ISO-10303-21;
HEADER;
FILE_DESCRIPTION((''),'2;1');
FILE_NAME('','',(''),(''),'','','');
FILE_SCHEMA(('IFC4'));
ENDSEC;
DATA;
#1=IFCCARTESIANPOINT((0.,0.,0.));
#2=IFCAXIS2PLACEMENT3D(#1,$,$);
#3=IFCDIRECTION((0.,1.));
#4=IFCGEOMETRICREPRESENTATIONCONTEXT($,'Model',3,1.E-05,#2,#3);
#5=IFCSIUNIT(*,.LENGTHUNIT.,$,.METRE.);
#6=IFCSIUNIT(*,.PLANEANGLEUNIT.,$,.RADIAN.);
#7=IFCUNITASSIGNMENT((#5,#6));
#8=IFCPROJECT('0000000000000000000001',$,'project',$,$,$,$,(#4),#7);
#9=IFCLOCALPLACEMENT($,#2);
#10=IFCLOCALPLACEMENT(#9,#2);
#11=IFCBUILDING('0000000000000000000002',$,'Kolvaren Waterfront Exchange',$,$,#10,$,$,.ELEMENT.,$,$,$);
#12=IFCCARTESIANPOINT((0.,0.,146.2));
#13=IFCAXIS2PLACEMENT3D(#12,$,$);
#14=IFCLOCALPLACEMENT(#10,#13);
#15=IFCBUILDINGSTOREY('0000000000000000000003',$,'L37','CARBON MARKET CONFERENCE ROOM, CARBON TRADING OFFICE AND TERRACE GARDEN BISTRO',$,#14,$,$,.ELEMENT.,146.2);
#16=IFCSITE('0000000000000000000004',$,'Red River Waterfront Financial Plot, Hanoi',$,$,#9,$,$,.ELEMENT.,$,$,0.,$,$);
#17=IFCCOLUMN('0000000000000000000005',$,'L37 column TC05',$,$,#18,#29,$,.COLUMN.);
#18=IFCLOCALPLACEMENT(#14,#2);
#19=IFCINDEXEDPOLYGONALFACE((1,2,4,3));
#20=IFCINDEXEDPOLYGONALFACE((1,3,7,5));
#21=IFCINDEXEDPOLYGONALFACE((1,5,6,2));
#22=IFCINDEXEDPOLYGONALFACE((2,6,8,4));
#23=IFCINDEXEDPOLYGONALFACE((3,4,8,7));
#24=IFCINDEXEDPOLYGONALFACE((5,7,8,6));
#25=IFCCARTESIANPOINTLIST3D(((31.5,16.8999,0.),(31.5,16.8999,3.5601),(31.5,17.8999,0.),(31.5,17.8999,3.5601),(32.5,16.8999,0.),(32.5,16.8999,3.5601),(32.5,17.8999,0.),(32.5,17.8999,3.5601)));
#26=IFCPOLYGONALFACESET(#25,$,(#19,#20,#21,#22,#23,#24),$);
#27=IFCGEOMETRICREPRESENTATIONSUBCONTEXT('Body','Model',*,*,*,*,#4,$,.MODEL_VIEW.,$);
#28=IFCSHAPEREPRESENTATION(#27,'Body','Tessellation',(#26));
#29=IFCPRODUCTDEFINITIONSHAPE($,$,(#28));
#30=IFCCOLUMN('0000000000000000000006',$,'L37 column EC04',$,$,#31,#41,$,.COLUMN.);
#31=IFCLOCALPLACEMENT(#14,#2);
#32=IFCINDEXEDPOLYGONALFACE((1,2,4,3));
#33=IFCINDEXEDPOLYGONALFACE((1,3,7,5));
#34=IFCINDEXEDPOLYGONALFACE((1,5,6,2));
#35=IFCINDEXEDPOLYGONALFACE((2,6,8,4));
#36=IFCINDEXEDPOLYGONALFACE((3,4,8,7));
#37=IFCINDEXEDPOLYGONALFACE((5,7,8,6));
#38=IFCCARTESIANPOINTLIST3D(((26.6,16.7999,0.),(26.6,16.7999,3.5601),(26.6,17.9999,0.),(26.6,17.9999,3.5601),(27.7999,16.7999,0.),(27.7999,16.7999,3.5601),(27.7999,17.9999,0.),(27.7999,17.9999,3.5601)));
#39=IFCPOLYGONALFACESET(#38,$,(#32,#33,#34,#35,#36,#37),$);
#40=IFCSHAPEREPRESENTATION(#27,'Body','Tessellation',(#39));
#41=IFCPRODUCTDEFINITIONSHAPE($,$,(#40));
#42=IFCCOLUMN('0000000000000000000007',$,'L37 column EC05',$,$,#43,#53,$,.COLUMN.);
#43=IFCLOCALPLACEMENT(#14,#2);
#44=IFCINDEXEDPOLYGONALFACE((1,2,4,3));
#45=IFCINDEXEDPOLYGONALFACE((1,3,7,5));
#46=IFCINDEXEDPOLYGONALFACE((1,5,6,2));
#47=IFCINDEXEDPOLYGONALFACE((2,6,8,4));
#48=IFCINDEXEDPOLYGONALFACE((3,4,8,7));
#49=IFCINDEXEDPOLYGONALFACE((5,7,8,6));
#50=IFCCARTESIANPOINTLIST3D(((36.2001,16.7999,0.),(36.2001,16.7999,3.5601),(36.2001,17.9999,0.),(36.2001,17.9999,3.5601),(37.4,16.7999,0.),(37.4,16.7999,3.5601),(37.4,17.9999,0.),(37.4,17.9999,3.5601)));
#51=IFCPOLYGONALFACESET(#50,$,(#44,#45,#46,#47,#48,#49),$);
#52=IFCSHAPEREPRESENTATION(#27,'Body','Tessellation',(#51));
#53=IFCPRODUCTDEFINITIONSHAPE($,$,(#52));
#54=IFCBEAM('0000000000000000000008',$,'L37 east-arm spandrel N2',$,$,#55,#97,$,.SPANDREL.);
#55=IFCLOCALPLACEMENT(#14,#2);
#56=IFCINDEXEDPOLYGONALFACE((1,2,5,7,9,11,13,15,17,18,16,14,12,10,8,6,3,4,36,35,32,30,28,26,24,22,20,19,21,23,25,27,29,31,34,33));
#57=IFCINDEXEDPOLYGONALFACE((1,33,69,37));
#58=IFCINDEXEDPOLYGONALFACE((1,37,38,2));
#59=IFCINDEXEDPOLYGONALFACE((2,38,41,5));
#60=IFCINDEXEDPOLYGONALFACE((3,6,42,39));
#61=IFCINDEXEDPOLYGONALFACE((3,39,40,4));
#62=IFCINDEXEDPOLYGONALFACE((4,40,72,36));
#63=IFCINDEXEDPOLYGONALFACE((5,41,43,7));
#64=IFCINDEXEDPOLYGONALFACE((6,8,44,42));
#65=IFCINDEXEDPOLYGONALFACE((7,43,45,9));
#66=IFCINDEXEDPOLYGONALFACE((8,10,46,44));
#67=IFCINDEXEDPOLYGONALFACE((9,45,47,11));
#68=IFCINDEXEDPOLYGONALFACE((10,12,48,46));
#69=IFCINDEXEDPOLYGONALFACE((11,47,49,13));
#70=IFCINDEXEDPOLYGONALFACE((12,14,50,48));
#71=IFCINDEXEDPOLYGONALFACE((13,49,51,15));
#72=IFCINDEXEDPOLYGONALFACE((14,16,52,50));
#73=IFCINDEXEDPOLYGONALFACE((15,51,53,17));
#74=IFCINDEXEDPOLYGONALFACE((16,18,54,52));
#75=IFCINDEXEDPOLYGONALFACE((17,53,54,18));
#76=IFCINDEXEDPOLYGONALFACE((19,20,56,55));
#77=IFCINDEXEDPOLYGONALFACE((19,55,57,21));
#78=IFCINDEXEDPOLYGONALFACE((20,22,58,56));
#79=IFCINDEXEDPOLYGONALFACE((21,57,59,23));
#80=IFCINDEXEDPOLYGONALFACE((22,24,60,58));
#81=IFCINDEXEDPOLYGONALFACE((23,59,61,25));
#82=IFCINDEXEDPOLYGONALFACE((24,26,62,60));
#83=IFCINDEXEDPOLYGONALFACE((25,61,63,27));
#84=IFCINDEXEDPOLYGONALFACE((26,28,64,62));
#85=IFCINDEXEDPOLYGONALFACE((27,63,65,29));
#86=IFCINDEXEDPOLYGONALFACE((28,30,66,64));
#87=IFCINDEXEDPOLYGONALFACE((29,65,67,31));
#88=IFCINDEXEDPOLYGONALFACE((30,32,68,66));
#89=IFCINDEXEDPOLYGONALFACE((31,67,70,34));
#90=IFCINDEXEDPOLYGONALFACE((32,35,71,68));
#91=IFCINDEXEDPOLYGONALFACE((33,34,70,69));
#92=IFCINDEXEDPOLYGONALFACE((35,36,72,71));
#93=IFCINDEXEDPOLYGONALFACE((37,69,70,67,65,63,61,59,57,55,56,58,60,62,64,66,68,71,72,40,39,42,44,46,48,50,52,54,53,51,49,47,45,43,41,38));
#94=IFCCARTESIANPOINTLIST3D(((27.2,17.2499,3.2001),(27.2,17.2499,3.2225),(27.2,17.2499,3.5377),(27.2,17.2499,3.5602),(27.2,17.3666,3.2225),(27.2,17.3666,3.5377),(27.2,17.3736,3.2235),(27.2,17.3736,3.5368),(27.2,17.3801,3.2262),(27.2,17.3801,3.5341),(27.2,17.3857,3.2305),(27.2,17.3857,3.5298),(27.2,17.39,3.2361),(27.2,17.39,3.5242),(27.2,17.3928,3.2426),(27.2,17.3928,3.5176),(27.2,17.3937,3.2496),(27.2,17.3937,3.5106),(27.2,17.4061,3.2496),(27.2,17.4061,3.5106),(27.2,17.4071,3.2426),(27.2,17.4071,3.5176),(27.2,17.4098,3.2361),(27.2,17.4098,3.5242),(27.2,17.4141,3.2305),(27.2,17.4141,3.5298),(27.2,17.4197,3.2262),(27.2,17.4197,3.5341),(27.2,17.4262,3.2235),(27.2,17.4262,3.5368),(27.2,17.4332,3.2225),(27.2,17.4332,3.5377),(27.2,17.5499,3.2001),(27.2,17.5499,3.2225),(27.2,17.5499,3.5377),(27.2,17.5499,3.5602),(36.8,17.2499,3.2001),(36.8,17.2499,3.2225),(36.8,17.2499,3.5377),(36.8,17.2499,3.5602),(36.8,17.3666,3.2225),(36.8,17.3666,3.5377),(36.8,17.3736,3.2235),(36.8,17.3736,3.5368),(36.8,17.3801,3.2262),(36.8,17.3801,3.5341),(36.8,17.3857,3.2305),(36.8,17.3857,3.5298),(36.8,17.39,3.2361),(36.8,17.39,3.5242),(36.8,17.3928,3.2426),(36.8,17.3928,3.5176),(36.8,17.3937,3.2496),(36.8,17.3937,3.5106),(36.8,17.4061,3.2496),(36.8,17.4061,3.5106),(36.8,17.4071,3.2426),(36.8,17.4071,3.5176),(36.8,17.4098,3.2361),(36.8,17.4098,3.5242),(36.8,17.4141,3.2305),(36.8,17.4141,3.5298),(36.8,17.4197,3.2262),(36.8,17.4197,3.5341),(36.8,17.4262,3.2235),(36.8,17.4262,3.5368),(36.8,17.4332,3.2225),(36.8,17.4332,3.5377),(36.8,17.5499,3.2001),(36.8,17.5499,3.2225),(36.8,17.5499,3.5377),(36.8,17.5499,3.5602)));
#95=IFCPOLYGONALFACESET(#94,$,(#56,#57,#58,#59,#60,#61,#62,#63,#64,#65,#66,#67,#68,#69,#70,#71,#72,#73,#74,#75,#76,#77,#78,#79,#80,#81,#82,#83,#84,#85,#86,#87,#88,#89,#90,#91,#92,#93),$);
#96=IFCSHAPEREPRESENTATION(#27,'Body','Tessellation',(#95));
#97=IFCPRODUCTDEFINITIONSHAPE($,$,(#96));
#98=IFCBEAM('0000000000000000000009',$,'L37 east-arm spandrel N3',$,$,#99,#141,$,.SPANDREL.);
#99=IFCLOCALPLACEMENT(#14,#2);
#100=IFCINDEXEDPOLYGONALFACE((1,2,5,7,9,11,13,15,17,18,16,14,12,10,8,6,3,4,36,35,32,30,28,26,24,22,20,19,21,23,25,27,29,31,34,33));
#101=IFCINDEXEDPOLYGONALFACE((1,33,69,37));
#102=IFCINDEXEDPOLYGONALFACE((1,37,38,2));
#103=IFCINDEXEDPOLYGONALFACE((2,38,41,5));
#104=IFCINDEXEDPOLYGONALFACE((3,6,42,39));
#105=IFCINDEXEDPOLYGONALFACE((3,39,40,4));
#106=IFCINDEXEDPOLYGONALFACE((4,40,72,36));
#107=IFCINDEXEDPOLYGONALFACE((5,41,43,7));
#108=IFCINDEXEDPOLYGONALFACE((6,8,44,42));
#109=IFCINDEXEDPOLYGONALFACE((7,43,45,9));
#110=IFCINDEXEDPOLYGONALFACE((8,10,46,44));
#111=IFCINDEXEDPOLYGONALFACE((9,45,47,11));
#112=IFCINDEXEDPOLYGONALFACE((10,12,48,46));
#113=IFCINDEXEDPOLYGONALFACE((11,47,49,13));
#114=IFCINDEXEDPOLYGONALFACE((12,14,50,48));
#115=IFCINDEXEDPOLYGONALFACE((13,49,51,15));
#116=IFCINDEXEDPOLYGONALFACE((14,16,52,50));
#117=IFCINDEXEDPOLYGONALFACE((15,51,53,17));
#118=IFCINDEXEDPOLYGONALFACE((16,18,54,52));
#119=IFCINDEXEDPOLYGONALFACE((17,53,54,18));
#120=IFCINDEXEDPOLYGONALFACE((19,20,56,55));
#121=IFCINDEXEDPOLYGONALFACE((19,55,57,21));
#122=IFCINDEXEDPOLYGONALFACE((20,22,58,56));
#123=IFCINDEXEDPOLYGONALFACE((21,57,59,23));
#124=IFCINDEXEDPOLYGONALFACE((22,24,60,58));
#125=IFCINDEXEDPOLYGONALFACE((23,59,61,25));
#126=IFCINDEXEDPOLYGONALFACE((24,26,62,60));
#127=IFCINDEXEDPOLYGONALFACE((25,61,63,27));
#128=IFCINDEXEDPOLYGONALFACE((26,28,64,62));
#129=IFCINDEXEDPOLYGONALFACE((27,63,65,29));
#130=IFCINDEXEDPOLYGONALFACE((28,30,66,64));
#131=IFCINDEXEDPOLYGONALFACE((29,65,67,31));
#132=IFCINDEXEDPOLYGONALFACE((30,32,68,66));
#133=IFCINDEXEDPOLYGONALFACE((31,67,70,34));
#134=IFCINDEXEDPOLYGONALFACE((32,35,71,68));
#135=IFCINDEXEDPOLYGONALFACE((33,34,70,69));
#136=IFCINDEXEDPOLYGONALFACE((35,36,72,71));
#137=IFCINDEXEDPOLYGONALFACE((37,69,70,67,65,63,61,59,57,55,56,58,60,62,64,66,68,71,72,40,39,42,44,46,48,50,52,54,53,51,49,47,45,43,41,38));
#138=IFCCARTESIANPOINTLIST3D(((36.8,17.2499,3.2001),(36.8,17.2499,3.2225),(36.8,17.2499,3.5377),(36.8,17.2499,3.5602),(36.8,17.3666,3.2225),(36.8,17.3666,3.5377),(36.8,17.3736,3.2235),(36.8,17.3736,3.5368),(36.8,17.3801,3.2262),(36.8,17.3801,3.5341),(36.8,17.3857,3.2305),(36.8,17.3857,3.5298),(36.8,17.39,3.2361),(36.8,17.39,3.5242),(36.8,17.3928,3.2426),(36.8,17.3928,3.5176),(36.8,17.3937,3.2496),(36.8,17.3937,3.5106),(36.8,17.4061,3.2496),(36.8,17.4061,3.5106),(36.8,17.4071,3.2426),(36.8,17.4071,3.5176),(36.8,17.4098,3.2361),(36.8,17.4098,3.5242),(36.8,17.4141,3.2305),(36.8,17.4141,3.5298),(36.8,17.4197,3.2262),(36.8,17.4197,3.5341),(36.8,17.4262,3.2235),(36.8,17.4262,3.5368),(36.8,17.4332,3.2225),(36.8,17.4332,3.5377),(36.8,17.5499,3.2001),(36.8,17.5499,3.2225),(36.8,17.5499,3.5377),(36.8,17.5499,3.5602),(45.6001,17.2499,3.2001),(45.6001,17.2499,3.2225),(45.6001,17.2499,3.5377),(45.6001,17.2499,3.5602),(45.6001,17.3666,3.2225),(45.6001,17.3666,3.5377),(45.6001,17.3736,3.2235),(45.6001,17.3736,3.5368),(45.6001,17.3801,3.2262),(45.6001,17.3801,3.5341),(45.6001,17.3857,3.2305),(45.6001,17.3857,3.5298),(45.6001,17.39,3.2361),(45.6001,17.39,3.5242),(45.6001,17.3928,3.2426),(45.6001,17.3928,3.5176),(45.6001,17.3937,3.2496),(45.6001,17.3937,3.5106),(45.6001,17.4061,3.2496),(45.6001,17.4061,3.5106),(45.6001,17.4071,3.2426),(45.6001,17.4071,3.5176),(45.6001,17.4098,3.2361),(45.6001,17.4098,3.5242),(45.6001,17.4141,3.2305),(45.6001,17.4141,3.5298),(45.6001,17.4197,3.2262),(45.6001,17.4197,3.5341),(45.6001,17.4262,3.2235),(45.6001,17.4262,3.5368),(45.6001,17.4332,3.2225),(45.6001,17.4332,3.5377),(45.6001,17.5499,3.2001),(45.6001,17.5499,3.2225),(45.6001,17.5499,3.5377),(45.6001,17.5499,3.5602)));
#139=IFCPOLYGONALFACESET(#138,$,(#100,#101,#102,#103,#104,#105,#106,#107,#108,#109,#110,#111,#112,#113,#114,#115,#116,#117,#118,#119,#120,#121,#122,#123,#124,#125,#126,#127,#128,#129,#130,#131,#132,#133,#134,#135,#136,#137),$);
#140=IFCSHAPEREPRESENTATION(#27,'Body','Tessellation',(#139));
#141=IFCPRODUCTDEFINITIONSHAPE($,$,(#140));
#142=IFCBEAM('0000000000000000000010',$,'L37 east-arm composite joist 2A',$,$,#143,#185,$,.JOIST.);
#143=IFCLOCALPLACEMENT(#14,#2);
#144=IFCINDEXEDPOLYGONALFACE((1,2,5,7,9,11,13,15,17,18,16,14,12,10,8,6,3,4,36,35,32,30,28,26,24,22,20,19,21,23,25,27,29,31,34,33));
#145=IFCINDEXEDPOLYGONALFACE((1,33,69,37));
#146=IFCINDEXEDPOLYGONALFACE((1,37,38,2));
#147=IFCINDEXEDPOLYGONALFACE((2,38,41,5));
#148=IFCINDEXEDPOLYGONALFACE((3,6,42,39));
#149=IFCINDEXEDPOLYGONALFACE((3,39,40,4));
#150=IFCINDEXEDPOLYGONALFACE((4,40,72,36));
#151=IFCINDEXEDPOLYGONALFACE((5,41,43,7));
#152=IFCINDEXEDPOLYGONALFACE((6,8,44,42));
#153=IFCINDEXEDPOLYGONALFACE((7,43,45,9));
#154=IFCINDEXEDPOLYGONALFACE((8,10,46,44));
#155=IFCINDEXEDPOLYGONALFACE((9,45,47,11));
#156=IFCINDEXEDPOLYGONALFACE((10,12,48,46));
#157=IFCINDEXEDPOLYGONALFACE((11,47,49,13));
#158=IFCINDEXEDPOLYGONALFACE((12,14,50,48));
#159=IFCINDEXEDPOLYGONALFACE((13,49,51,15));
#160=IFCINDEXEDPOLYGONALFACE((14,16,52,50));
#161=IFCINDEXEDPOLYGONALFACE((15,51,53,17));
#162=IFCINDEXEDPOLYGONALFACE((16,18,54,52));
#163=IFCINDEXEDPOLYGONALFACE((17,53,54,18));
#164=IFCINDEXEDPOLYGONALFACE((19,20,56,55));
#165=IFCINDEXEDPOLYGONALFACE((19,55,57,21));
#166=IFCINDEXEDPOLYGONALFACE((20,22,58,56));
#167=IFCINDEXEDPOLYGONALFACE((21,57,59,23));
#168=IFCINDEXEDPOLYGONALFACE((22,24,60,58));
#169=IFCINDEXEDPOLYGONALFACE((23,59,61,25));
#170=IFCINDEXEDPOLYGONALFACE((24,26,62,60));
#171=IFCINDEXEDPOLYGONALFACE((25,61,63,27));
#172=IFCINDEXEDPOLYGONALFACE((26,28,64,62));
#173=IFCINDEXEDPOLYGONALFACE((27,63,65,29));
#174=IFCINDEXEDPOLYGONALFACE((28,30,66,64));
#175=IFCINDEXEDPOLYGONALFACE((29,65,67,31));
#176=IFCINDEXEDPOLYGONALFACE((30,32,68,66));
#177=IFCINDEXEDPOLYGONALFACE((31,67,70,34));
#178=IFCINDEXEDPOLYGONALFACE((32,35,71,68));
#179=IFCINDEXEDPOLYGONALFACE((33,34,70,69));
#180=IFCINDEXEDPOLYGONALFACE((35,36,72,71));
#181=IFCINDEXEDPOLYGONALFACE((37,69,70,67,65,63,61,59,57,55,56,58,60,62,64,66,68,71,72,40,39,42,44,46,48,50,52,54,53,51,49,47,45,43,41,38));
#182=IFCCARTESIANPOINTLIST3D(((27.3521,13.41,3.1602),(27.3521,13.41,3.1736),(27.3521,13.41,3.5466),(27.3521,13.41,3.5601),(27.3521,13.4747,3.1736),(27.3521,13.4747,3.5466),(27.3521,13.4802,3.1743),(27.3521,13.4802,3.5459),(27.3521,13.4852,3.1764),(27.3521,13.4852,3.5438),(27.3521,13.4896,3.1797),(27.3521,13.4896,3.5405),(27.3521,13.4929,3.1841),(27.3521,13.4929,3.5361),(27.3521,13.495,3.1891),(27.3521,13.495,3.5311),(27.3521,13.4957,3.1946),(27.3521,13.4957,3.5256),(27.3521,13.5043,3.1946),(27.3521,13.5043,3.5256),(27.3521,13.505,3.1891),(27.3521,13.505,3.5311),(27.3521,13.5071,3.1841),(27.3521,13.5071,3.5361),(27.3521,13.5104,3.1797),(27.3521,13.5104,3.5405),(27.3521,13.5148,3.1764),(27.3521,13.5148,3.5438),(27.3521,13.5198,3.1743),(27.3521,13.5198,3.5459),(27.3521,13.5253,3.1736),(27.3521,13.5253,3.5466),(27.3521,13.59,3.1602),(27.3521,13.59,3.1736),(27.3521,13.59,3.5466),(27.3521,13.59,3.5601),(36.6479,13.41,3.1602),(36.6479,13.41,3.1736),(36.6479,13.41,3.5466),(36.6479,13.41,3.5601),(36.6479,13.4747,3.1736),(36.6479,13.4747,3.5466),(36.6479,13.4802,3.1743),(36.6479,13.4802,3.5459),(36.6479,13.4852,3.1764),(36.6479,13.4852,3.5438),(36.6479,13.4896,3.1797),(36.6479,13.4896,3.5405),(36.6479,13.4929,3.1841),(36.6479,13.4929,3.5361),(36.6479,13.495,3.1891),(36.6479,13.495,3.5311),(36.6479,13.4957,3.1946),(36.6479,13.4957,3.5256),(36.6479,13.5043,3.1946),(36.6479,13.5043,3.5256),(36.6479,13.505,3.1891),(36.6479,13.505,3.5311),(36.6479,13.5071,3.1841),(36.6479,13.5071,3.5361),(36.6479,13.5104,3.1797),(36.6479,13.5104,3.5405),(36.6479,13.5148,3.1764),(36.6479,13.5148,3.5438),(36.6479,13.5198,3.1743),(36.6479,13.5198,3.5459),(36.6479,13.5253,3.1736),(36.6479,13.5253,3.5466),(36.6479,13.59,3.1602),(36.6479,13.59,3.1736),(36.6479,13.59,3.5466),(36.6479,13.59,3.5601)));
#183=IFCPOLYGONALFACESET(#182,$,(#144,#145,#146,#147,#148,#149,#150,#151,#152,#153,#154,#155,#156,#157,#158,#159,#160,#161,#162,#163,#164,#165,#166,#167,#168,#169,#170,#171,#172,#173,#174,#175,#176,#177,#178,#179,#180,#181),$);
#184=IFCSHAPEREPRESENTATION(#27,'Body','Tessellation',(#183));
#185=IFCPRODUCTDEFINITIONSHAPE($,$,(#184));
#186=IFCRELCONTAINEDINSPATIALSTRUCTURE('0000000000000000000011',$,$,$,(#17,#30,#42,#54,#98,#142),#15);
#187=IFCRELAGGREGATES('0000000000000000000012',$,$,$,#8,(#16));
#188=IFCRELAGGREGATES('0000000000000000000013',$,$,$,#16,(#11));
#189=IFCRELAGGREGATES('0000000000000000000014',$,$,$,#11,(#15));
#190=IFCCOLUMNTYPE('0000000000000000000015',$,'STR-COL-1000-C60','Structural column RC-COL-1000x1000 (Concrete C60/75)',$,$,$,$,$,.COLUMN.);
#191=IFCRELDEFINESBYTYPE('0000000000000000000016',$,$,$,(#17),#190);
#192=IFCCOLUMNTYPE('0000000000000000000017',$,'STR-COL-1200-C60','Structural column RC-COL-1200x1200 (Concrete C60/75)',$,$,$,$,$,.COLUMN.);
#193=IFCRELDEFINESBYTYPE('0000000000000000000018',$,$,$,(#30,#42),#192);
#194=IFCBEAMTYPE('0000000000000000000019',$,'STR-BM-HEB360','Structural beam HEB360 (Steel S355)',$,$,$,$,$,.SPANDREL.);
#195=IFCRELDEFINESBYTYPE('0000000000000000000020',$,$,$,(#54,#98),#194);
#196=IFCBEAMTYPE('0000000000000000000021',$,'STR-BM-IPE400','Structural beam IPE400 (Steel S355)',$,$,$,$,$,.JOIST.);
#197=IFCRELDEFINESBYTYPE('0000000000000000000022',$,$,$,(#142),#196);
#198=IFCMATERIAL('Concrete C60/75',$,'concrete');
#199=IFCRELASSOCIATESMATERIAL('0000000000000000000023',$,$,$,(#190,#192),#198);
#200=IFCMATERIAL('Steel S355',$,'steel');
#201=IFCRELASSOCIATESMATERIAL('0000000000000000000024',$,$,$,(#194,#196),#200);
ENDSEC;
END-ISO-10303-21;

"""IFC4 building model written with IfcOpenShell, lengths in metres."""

from ifc_helpers import new_model, si_unit, direction, frame, origin, origin_2d, place, context, subcontext, project, spatial, rectangle, i_section, extrude, material, material_profile, profile_set, type_object, element, save


model = new_model("IFC4")

# Units and contexts
model_context = context("Model", 3, precision=1e-05, world=origin(), true_north=direction((0.0, 1.0)))
body_context = subcontext(model_context, "Body", "Model", "MODEL_VIEW")
ifc_project = project(units=[si_unit("LENGTHUNIT", "METRE"), si_unit("PLANEANGLEUNIT", "RADIAN")], contexts=[model_context])

# Site, building, storey
site_placement = place(None, origin())
site = spatial("IfcSite", under=ifc_project, at=site_placement, Name="Red River Waterfront Financial Plot, Hanoi", CompositionType="ELEMENT", RefElevation=0.0)
building_placement = place(site_placement, origin())
building = spatial("IfcBuilding", under=site, at=building_placement, Name="Kolvaren Waterfront Exchange", CompositionType="ELEMENT")
storey_placement = place(building_placement, frame((0.0, 0.0, 146.2)))
storey = spatial("IfcBuildingStorey", under=building, at=storey_placement, Name="L37", Description="CARBON MARKET CONFERENCE ROOM, CARBON TRADING OFFICE AND TERRACE GARDEN BISTRO", CompositionType="ELEMENT", Elevation=146.2)

# Columns
ifc_material_1 = material(Name="Concrete C60/75", Category="concrete")
ifc_material_profile_1 = material_profile(ifc_material_1, rectangle(XDim=1.0, YDim=1.0, at=origin_2d()), Name="RC-COL-1000x1000")
ifc_profile_set_1 = profile_set([ifc_material_profile_1], Name="Concrete C60/75")
column_type_1 = type_object("IfcColumnType", Name="STR-COL-1000-C60", Description="Structural column RC-COL-1000x1000 (Concrete C60/75)", PredefinedType="COLUMN", material=ifc_profile_set_1)
column_placement = place(storey_placement, frame((32.0, 17.3999, 0.0), z_axis=(0.0, 0.0, 1.0), x_axis=(1.0, 0.0, 0.0)))
element("IfcColumn", 1, at=column_placement, inside=storey, type_object=column_type_1, Name="L37 column TC05", PredefinedType="COLUMN", context=body_context, shape_type="SweptSolid", body=[
    extrude(rectangle(XDim=1.0, YDim=1.0, at=origin_2d()), origin(), (0.0, 0.0, 1.0), 3.5601),
])
ifc_material_profile_2 = material_profile(ifc_material_1, rectangle(XDim=1.2, YDim=1.2, at=origin_2d()), Name="RC-COL-1200x1200")
ifc_profile_set_2 = profile_set([ifc_material_profile_2], Name="Concrete C60/75")
column_type_2 = type_object("IfcColumnType", Name="STR-COL-1200-C60", Description="Structural column RC-COL-1200x1200 (Concrete C60/75)", PredefinedType="COLUMN", material=ifc_profile_set_2)
for number, where, z_axis, x_axis, name in (
    (2, (27.2, 17.3999, 0.0), (0.0, 0.0, 1.0), (1.0, 0.0, 0.0), "L37 column EC04"),
    (3, (36.8, 17.3999, 0.0), (0.0, 0.0, 1.0), (1.0, 0.0, 0.0), "L37 column EC05"),
):
    element("IfcColumn", number, at=place(storey_placement, frame(where, z_axis=z_axis, x_axis=x_axis)), inside=storey, type_object=column_type_2, Name=name, PredefinedType="COLUMN", context=body_context, shape_type="SweptSolid", body=[
        extrude(rectangle(XDim=1.2, YDim=1.2, at=origin_2d()), origin(), (0.0, 0.0, 1.0), 3.5601),
    ])

# Beams
ifc_material_2 = material(Name="Steel S355", Category="steel")
ifc_material_profile_3 = material_profile(ifc_material_2, i_section(OverallWidth=0.3, OverallDepth=0.3601, WebThickness=0.0125, FlangeThickness=0.0225, FilletRadius=0.0271, at=origin_2d()), Name="HEB360")
ifc_profile_set_3 = profile_set([ifc_material_profile_3], Name="Steel S355")
beam_type_1 = type_object("IfcBeamType", Name="STR-BM-HEB360", Description="Structural beam HEB360 (Steel S355)", PredefinedType="SPANDREL", material=ifc_profile_set_3)
beam_1_placement = place(storey_placement, frame((27.2, 17.3999, 3.3801), z_axis=(1.0, 0.0, 0.0), x_axis=(0.0, 1.0, 0.0)))
element("IfcBeam", 4, at=beam_1_placement, inside=storey, type_object=beam_type_1, Name="L37 east-arm spandrel N2", PredefinedType="SPANDREL", context=body_context, shape_type="SweptSolid", body=[
    extrude(i_section(OverallWidth=0.3, OverallDepth=0.3601, WebThickness=0.0125, FlangeThickness=0.0225, FilletRadius=0.0271, at=origin_2d()), origin(), (0.0, 0.0, 1.0), 9.6001),
])
beam_2_placement = place(storey_placement, frame((36.8, 17.3999, 3.3801), z_axis=(1.0, 0.0, 0.0), x_axis=(0.0, 1.0, 0.0)))
element("IfcBeam", 5, at=beam_2_placement, inside=storey, type_object=beam_type_1, Name="L37 east-arm spandrel N3", PredefinedType="SPANDREL", context=body_context, shape_type="SweptSolid", body=[
    extrude(i_section(OverallWidth=0.3, OverallDepth=0.3601, WebThickness=0.0125, FlangeThickness=0.0225, FilletRadius=0.0271, at=origin_2d()), origin(), (0.0, 0.0, 1.0), 8.8),
])
ifc_material_profile_4 = material_profile(ifc_material_2, i_section(OverallWidth=0.1799, OverallDepth=0.3999, WebThickness=0.0085, FlangeThickness=0.0134, FilletRadius=0.021, at=origin_2d()), Name="IPE400")
ifc_profile_set_4 = profile_set([ifc_material_profile_4], Name="Steel S355")
beam_type_2 = type_object("IfcBeamType", Name="STR-BM-IPE400", Description="Structural beam IPE400 (Steel S355)", PredefinedType="JOIST", material=ifc_profile_set_4)
for number, where, z_axis, x_axis, name in (
    (6, (27.3521, 13.5, 3.3601), (1.0, 0.0, 0.0), (0.0, 1.0, 0.0), "L37 east-arm composite joist 2A"),
):
    element("IfcBeam", number, at=place(storey_placement, frame(where, z_axis=z_axis, x_axis=x_axis)), inside=storey, type_object=beam_type_2, Name=name, PredefinedType="JOIST", context=body_context, shape_type="SweptSolid", body=[
        extrude(i_section(OverallWidth=0.1799, OverallDepth=0.3999, WebThickness=0.0085, FlangeThickness=0.0134, FilletRadius=0.021, at=origin_2d()), origin(), (0.0, 0.0, 1.0), 9.2959),
    ])

save(model, "model.ifc")
